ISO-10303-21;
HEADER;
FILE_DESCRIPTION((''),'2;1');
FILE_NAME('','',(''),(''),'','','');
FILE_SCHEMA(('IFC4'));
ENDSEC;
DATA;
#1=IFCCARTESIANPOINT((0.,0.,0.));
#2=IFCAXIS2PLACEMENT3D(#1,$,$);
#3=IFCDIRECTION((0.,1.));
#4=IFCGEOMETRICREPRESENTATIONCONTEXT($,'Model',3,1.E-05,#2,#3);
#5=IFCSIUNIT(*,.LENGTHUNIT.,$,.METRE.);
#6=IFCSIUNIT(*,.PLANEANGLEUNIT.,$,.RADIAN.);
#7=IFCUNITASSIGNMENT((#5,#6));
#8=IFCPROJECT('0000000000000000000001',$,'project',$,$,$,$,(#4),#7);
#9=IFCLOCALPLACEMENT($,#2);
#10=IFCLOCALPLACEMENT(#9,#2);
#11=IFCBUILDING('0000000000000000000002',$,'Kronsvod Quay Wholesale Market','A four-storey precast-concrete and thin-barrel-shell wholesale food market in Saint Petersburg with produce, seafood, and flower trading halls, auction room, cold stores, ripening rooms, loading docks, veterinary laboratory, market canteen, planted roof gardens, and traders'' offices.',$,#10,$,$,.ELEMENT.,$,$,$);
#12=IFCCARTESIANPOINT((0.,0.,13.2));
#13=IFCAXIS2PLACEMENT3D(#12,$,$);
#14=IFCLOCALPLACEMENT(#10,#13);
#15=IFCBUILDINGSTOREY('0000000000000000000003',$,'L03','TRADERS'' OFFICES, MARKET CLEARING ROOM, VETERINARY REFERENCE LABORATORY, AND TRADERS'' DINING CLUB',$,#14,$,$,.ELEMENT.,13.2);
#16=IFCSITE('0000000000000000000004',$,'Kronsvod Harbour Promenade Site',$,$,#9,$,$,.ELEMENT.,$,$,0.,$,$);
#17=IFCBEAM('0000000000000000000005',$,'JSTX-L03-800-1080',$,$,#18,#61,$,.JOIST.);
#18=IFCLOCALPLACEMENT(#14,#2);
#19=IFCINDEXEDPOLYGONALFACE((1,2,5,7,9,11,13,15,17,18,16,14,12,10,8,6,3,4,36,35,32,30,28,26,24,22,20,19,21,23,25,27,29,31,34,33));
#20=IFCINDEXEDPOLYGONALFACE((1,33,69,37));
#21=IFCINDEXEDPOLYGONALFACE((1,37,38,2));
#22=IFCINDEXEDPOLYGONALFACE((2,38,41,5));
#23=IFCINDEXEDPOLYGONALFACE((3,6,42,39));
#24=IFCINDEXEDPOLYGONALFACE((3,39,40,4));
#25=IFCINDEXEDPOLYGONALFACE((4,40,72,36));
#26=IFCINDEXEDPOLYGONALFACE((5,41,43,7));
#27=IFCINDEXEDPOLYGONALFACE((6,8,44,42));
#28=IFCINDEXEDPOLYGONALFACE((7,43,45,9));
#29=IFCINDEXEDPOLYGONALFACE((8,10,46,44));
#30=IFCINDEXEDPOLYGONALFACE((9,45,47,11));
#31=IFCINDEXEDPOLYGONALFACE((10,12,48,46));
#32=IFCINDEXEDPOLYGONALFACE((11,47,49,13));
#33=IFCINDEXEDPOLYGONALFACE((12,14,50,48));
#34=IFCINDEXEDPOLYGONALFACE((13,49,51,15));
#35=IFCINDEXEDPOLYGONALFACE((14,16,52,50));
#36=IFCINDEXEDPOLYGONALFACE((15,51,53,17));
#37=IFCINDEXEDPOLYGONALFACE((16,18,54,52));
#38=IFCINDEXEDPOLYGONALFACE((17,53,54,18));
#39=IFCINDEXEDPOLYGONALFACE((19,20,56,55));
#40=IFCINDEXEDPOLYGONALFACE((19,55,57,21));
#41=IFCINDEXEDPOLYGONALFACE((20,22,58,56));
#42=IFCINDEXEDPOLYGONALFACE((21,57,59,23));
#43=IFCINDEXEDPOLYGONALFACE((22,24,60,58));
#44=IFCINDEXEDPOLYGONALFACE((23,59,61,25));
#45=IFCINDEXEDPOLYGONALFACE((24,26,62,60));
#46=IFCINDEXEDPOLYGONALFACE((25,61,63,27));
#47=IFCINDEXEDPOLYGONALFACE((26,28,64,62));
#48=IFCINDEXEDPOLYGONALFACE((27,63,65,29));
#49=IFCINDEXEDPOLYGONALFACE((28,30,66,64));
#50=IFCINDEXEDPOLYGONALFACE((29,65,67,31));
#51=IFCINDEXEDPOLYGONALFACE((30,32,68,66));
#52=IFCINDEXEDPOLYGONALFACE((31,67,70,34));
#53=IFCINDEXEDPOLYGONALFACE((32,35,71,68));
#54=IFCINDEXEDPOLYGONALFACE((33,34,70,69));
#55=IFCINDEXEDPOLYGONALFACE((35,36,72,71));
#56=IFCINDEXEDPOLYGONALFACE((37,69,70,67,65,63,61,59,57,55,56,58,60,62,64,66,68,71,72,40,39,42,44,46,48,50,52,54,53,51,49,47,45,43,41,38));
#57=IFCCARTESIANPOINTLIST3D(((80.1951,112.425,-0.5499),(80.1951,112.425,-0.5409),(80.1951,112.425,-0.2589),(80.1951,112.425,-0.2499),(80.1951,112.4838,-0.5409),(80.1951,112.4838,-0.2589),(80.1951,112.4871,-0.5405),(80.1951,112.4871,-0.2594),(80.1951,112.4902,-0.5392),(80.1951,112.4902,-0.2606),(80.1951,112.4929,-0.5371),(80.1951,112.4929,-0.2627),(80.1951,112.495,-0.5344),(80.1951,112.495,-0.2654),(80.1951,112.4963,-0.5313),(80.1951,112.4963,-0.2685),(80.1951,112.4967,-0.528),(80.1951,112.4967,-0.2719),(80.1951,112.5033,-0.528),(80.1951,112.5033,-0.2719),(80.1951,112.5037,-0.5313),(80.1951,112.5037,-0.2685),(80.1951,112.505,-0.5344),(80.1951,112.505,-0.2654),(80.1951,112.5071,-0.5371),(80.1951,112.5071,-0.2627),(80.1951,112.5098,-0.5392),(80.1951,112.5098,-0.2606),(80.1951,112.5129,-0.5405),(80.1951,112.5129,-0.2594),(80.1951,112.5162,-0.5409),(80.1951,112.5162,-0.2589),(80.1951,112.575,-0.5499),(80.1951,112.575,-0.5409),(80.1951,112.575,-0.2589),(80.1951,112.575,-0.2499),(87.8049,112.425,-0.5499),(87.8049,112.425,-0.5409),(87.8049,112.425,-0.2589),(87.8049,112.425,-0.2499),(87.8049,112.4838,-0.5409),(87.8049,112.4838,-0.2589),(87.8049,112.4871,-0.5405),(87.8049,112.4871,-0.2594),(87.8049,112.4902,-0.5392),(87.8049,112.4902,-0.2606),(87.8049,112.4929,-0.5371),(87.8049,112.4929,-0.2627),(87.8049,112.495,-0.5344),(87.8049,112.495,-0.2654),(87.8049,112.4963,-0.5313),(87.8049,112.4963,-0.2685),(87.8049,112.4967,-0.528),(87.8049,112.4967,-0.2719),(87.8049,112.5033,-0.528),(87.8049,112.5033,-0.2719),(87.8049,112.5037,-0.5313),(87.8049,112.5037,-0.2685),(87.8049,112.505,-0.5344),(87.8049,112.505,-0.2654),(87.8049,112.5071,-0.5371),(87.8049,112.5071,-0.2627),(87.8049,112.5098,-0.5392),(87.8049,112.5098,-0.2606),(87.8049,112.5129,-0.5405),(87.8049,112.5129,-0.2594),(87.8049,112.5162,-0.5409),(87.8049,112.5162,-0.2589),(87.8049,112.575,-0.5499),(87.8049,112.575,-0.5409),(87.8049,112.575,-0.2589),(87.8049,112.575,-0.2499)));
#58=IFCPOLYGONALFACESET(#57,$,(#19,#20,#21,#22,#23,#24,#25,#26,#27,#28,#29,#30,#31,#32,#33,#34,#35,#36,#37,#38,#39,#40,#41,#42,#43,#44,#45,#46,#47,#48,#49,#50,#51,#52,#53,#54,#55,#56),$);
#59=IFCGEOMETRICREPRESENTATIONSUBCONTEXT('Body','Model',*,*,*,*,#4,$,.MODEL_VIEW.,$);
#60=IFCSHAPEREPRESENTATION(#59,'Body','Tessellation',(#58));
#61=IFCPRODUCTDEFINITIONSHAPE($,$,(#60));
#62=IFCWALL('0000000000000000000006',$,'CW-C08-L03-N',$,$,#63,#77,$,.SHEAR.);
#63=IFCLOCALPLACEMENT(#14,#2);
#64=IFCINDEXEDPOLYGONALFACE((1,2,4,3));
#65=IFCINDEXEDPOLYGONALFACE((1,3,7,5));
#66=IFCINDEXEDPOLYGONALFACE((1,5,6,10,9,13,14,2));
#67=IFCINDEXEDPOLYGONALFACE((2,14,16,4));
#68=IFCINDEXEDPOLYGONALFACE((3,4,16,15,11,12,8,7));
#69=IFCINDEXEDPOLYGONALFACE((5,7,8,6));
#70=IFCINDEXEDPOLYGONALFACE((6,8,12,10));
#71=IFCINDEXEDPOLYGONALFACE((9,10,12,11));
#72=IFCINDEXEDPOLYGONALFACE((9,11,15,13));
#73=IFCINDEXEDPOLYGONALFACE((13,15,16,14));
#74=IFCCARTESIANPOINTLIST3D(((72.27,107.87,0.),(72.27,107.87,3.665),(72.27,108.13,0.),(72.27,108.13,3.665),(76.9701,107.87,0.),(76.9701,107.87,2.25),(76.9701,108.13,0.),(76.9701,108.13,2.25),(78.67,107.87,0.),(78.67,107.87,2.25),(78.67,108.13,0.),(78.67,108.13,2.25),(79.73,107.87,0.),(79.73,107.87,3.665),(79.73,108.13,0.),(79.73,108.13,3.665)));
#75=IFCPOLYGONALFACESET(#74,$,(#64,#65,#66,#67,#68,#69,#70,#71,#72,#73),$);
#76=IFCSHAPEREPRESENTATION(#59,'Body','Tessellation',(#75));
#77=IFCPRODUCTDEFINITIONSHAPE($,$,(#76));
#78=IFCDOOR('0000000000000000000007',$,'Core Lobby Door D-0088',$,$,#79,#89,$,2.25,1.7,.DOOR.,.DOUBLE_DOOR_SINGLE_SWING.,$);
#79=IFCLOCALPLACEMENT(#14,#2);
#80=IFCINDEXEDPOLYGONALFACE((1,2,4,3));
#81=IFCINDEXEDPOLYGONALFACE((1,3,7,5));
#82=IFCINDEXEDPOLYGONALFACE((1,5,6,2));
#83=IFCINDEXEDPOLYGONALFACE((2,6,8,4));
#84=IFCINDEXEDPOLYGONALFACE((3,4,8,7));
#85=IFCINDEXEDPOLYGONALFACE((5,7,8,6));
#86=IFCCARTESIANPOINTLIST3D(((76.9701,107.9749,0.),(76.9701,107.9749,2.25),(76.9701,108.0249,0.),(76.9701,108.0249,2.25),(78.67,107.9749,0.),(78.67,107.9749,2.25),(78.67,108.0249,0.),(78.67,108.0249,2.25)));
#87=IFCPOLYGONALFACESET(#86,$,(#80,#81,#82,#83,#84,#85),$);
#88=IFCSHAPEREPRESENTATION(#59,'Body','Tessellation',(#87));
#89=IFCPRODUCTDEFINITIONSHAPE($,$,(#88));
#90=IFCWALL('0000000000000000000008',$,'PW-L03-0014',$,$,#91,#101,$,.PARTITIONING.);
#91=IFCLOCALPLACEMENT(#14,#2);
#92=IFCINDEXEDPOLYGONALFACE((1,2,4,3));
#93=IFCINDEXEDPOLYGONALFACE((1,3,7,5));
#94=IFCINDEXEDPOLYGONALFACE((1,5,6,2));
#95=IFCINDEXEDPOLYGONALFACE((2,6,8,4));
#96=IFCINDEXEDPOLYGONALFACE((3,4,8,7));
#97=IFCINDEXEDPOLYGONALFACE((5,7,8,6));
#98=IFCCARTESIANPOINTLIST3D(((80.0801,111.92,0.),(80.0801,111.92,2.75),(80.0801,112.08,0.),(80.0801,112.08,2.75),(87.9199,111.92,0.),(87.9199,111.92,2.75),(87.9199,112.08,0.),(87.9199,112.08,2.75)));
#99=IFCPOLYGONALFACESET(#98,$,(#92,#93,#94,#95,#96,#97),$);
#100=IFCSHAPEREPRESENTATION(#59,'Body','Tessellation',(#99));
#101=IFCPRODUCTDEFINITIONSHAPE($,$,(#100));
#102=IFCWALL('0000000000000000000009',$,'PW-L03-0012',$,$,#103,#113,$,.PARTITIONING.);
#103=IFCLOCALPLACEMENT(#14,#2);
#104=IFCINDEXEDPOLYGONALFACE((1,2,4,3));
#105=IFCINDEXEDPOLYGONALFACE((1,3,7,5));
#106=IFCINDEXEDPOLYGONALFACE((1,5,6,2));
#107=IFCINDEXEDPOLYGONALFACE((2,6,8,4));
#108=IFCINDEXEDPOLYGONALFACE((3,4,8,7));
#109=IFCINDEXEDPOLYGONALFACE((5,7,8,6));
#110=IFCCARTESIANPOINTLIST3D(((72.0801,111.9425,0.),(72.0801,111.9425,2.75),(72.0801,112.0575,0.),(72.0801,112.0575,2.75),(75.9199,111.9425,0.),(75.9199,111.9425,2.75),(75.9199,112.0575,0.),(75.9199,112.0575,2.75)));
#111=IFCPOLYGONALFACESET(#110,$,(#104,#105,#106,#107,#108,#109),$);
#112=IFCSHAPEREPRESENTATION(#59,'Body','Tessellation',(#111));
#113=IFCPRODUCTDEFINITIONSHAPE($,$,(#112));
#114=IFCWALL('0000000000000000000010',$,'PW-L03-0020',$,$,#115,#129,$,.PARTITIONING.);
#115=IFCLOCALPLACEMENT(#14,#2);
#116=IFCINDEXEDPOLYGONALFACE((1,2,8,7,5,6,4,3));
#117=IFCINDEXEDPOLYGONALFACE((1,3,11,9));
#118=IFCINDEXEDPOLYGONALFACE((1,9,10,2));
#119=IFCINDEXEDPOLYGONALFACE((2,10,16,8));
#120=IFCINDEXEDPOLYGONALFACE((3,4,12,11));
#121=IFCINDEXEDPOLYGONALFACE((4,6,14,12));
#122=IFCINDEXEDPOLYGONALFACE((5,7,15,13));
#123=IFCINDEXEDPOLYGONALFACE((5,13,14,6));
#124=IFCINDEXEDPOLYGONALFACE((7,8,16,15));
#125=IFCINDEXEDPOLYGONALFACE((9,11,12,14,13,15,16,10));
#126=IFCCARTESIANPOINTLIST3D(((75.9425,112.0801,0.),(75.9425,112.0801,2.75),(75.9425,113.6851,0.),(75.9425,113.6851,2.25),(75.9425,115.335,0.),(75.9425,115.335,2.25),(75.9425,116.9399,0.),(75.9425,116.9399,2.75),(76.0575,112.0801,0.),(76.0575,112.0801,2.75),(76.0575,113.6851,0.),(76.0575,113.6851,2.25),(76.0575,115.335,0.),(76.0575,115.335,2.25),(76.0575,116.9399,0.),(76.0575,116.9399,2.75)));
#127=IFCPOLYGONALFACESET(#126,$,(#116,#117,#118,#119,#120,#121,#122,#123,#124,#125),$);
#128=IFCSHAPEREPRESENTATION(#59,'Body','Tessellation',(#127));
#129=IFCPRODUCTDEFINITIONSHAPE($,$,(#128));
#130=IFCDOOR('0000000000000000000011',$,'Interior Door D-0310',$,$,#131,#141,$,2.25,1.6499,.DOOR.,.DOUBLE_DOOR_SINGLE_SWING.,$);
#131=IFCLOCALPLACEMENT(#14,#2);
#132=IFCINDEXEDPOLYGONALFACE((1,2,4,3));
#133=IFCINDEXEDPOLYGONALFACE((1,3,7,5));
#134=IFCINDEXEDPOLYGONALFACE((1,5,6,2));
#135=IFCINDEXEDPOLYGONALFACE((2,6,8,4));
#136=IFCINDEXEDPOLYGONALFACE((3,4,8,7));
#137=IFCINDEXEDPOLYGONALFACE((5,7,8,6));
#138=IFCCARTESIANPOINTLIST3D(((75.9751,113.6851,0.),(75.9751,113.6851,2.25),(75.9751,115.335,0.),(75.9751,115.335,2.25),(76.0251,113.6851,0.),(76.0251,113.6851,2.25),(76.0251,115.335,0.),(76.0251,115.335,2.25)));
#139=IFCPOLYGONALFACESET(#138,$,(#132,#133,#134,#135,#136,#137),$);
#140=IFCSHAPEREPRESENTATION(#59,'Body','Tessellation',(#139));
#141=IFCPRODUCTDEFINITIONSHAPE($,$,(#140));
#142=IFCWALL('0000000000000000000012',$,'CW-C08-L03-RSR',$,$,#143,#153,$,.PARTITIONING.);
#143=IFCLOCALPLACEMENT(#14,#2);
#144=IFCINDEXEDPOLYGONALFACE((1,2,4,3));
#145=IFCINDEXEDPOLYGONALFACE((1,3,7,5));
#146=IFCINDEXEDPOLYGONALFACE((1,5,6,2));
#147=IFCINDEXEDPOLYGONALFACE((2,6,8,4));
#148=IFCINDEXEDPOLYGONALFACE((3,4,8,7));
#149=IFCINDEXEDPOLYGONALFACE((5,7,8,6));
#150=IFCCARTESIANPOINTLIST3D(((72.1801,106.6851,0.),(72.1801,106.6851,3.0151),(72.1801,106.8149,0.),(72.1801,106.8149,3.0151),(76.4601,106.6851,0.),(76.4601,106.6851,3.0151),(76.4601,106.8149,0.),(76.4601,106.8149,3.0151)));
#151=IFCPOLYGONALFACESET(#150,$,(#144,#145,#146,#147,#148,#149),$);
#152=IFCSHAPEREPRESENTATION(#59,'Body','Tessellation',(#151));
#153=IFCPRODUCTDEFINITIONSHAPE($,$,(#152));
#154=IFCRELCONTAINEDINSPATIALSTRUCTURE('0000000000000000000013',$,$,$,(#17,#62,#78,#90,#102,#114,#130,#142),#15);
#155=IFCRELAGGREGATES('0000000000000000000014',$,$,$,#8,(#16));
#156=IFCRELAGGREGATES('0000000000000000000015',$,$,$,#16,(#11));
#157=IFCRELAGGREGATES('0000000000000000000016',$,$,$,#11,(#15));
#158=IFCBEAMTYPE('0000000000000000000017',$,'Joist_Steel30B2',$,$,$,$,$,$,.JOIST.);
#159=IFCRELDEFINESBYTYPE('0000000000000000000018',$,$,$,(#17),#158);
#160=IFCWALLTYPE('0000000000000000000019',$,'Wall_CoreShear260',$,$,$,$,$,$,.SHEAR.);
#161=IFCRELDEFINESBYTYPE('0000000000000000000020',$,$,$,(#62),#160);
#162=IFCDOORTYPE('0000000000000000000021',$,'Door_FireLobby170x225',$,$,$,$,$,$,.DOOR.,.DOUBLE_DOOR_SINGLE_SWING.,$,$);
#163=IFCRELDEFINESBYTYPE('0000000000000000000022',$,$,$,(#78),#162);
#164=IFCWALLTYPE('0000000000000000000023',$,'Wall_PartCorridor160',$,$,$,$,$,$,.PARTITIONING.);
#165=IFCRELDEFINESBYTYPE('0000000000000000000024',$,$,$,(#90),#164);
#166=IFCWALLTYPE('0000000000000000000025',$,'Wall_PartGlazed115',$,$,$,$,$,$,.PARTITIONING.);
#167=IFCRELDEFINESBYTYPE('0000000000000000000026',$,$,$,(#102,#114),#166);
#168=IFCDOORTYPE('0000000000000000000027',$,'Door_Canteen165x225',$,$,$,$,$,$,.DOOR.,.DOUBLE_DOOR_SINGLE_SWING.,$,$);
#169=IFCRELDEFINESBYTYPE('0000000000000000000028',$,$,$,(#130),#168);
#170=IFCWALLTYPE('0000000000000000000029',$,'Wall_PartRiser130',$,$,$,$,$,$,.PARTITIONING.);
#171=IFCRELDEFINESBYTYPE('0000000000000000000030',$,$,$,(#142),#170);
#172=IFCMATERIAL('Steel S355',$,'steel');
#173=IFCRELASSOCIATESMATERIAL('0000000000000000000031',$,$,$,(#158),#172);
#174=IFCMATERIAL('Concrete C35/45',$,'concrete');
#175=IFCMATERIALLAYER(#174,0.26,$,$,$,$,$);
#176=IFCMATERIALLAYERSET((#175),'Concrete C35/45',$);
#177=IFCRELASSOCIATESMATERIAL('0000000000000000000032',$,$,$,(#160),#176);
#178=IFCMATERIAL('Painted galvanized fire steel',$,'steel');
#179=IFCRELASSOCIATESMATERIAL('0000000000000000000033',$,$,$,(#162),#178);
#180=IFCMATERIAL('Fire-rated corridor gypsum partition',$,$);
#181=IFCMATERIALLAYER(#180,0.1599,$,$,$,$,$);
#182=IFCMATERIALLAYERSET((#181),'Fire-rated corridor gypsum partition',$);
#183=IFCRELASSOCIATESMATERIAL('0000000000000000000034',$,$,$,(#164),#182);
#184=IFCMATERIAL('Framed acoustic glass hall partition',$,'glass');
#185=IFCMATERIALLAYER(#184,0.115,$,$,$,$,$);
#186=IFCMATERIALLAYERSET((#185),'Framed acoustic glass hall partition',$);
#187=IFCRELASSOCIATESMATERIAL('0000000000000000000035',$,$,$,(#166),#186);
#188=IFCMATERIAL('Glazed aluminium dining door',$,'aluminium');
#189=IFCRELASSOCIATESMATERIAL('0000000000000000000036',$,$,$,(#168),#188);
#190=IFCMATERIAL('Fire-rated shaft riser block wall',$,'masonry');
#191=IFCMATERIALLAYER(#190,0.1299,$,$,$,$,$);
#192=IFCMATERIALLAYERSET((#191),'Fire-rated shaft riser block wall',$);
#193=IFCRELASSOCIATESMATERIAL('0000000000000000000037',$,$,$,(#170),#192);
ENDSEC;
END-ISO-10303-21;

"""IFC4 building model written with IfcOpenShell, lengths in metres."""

from ifc_helpers import new_model, si_unit, direction, frame, frame_2d, origin, origin_2d, place, context, subcontext, project, spatial, rectangle, i_section, extrude, material, layer, layer_set, material_profile, profile_set, type_object, element, fill, save


model = new_model("IFC4")

# Units and contexts
model_context = context("Model", 3, precision=1e-05, world=origin(), true_north=direction((0.0, 1.0)))
body_context = subcontext(model_context, "Body", "Model", "MODEL_VIEW")
ifc_project = project(units=[si_unit("LENGTHUNIT", "METRE"), si_unit("PLANEANGLEUNIT", "RADIAN")], contexts=[model_context])

# Site, building, storey
site_placement = place(None, origin())
site = spatial("IfcSite", under=ifc_project, at=site_placement, Name="Kronsvod Harbour Promenade Site", CompositionType="ELEMENT", RefElevation=0.0)
building_placement = place(site_placement, origin())
building = spatial("IfcBuilding", under=site, at=building_placement, Name="Kronsvod Quay Wholesale Market", Description="A four-storey precast-concrete and thin-barrel-shell wholesale food market in Saint Petersburg with produce, seafood, and flower trading halls, auction room, cold stores, ripening rooms, loading docks, veterinary laboratory, market canteen, planted roof gardens, and traders' offices.", CompositionType="ELEMENT")
storey_placement = place(building_placement, frame((0.0, 0.0, 13.2)))
storey = spatial("IfcBuildingStorey", under=building, at=storey_placement, Name="L03", Description="TRADERS' OFFICES, MARKET CLEARING ROOM, VETERINARY REFERENCE LABORATORY, AND TRADERS' DINING CLUB", CompositionType="ELEMENT", Elevation=13.2)

# Beam
ifc_material_1 = material(Name="Steel S355", Category="steel")
ifc_material_profile_1 = material_profile(ifc_material_1, i_section(OverallWidth=0.1499, OverallDepth=0.3, WebThickness=0.0066, FlangeThickness=0.009, FilletRadius=0.0129, at=origin_2d()), Name="30B2")
ifc_profile_set_1 = profile_set([ifc_material_profile_1], Name="Steel S355")
beam_type_1 = type_object("IfcBeamType", Name="Joist_Steel30B2", PredefinedType="JOIST", material=ifc_profile_set_1)
for number, where, z_axis, x_axis, name in (
    (1, (80.1951, 112.5, -0.3999), (1.0, 0.0, 0.0), (0.0, 1.0, 0.0), "JSTX-L03-800-1080"),
):
    element("IfcBeam", number, at=place(storey_placement, frame(where, z_axis=z_axis, x_axis=x_axis)), inside=storey, type_object=beam_type_1, Name=name, PredefinedType="JOIST", context=body_context, shape_type="SweptSolid", body=[
        extrude(i_section(OverallWidth=0.1499, OverallDepth=0.3, WebThickness=0.0066, FlangeThickness=0.009, FilletRadius=0.0129, at=origin_2d()), origin(), (0.0, 0.0, 1.0), 7.6099),
    ])

# Wall, opening, door
ifc_material_2 = material(Name="Concrete C35/45", Category="concrete")
ifc_layer_1 = layer(ifc_material_2, 0.26)
ifc_layer_set_1 = layer_set([ifc_layer_1], Name="Concrete C35/45")
wall_type_1 = type_object("IfcWallType", Name="Wall_CoreShear260", PredefinedType="SHEAR", material=ifc_layer_set_1)
wall_1_placement = place(storey_placement, frame((72.27, 108.0, 0.0), z_axis=(0.0, 0.0, 1.0), x_axis=(1.0, 0.0, 0.0)))
wall_1 = element("IfcWall", 2, at=wall_1_placement, inside=storey, type_object=wall_type_1, Name="CW-C08-L03-N", PredefinedType="SHEAR", context=body_context, shape_type="SweptSolid", body=[
    extrude(rectangle(XDim=7.46, YDim=0.26, at=frame_2d((3.73, 0.0))), origin(), (0.0, 0.0, 1.0), 3.665),
])
opening_1_placement = place(wall_1_placement, frame((4.7, 0.0, 0.0)))
opening_1 = element("IfcOpeningElement", 3, at=opening_1_placement, cuts=wall_1, PredefinedType="OPENING", context=body_context, shape_type="SweptSolid", body=[
    extrude(rectangle(XDim=1.7, YDim=2.25, at=frame_2d((0.8501, 1.125))), frame((0.0, 0.1401, 0.0), z_axis=(0.0, -1.0, 0.0), x_axis=(1.0, 0.0, 0.0)), (0.0, 0.0, 1.0), 0.28),
])
ifc_material_3 = material(Name="Painted galvanized fire steel", Category="steel")
door_type_1 = type_object("IfcDoorType", Name="Door_FireLobby170x225", OperationType="DOUBLE_DOOR_SINGLE_SWING", PredefinedType="DOOR", material=ifc_material_3)
door_1_placement = place(opening_1_placement, origin())
door_1 = element("IfcDoor", 4, at=door_1_placement, inside=storey, type_object=door_type_1, Name="Core Lobby Door D-0088", OperationType="DOUBLE_DOOR_SINGLE_SWING", OverallHeight=2.25, OverallWidth=1.7, PredefinedType="DOOR", context=body_context, shape_type="SweptSolid", body=[
    extrude(rectangle(XDim=1.7, YDim=2.25, at=frame_2d((0.8501, 1.125))), frame((0.0, 0.0249, 0.0), z_axis=(0.0, -1.0, 0.0), x_axis=(1.0, 0.0, 0.0)), (0.0, 0.0, 1.0), 0.05),
])
fill(opening_1, door_1)
ifc_material_4 = material(Name="Fire-rated corridor gypsum partition")
ifc_layer_2 = layer(ifc_material_4, 0.1599)
ifc_layer_set_2 = layer_set([ifc_layer_2], Name="Fire-rated corridor gypsum partition")
wall_type_2 = type_object("IfcWallType", Name="Wall_PartCorridor160", PredefinedType="PARTITIONING", material=ifc_layer_set_2)

# Walls
wall_2_placement = place(storey_placement, frame((80.0801, 112.0, 0.0), z_axis=(0.0, 0.0, 1.0), x_axis=(1.0, 0.0, 0.0)))
element("IfcWall", 5, at=wall_2_placement, inside=storey, type_object=wall_type_2, Name="PW-L03-0014", PredefinedType="PARTITIONING", context=body_context, shape_type="SweptSolid", body=[
    extrude(rectangle(XDim=7.8398, YDim=0.1599, at=frame_2d((3.9199, 0.0))), origin(), (0.0, 0.0, 1.0), 2.75),
])
ifc_material_5 = material(Name="Framed acoustic glass hall partition", Category="glass")
ifc_layer_3 = layer(ifc_material_5, 0.115)
ifc_layer_set_3 = layer_set([ifc_layer_3], Name="Framed acoustic glass hall partition")
wall_type_3 = type_object("IfcWallType", Name="Wall_PartGlazed115", PredefinedType="PARTITIONING", material=ifc_layer_set_3)
wall_3_placement = place(storey_placement, frame((72.0801, 112.0, 0.0), z_axis=(0.0, 0.0, 1.0), x_axis=(1.0, 0.0, 0.0)))
element("IfcWall", 6, at=wall_3_placement, inside=storey, type_object=wall_type_3, Name="PW-L03-0012", PredefinedType="PARTITIONING", context=body_context, shape_type="SweptSolid", body=[
    extrude(rectangle(XDim=3.8398, YDim=0.115, at=frame_2d((1.9199, 0.0))), origin(), (0.0, 0.0, 1.0), 2.75),
])

# Wall, opening, door
wall_4_placement = place(storey_placement, frame((76.0, 112.0801, 0.0), z_axis=(0.0, 0.0, 1.0), x_axis=(0.0, 1.0, 0.0)))
wall_4 = element("IfcWall", 7, at=wall_4_placement, inside=storey, type_object=wall_type_3, Name="PW-L03-0020", PredefinedType="PARTITIONING", context=body_context, shape_type="SweptSolid", body=[
    extrude(rectangle(XDim=4.8599, YDim=0.115, at=frame_2d((2.4299, 0.0))), origin(), (0.0, 0.0, 1.0), 2.75),
])
opening_2_placement = place(wall_4_placement, frame((1.605, 0.0, 0.0)))
opening_2 = element("IfcOpeningElement", 8, at=opening_2_placement, cuts=wall_4, PredefinedType="OPENING", context=body_context, shape_type="SweptSolid", body=[
    extrude(rectangle(XDim=1.6499, YDim=2.25, at=frame_2d((0.825, 1.125))), frame((0.0, 0.0674, 0.0), z_axis=(0.0, -1.0, 0.0), x_axis=(1.0, 0.0, 0.0)), (0.0, 0.0, 1.0), 0.135),
])
ifc_material_6 = material(Name="Glazed aluminium dining door", Category="aluminium")
door_type_2 = type_object("IfcDoorType", Name="Door_Canteen165x225", OperationType="DOUBLE_DOOR_SINGLE_SWING", PredefinedType="DOOR", material=ifc_material_6)
door_2_placement = place(opening_2_placement, origin())
door_2 = element("IfcDoor", 9, at=door_2_placement, inside=storey, type_object=door_type_2, Name="Interior Door D-0310", OperationType="DOUBLE_DOOR_SINGLE_SWING", OverallHeight=2.25, OverallWidth=1.6499, PredefinedType="DOOR", context=body_context, shape_type="SweptSolid", body=[
    extrude(rectangle(XDim=1.6499, YDim=2.25, at=frame_2d((0.825, 1.125))), frame((0.0, 0.0249, 0.0), z_axis=(0.0, -1.0, 0.0), x_axis=(1.0, 0.0, 0.0)), (0.0, 0.0, 1.0), 0.05),
])
fill(opening_2, door_2)

# Wall
ifc_material_7 = material(Name="Fire-rated shaft riser block wall", Category="masonry")
ifc_layer_4 = layer(ifc_material_7, 0.1299)
ifc_layer_set_4 = layer_set([ifc_layer_4], Name="Fire-rated shaft riser block wall")
wall_type_4 = type_object("IfcWallType", Name="Wall_PartRiser130", PredefinedType="PARTITIONING", material=ifc_layer_set_4)
wall_5_placement = place(storey_placement, frame((72.1799, 106.75, 0.0), z_axis=(0.0, 0.0, 1.0), x_axis=(1.0, 0.0, 0.0)))
element("IfcWall", 10, at=wall_5_placement, inside=storey, type_object=wall_type_4, Name="CW-C08-L03-RSR", PredefinedType="PARTITIONING", context=body_context, shape_type="SweptSolid", body=[
    extrude(rectangle(XDim=4.28, YDim=0.1299, at=frame_2d((2.1401, 0.0))), origin(), (0.0, 0.0, 1.0), 3.0151),
])

save(model, "model.ifc")
